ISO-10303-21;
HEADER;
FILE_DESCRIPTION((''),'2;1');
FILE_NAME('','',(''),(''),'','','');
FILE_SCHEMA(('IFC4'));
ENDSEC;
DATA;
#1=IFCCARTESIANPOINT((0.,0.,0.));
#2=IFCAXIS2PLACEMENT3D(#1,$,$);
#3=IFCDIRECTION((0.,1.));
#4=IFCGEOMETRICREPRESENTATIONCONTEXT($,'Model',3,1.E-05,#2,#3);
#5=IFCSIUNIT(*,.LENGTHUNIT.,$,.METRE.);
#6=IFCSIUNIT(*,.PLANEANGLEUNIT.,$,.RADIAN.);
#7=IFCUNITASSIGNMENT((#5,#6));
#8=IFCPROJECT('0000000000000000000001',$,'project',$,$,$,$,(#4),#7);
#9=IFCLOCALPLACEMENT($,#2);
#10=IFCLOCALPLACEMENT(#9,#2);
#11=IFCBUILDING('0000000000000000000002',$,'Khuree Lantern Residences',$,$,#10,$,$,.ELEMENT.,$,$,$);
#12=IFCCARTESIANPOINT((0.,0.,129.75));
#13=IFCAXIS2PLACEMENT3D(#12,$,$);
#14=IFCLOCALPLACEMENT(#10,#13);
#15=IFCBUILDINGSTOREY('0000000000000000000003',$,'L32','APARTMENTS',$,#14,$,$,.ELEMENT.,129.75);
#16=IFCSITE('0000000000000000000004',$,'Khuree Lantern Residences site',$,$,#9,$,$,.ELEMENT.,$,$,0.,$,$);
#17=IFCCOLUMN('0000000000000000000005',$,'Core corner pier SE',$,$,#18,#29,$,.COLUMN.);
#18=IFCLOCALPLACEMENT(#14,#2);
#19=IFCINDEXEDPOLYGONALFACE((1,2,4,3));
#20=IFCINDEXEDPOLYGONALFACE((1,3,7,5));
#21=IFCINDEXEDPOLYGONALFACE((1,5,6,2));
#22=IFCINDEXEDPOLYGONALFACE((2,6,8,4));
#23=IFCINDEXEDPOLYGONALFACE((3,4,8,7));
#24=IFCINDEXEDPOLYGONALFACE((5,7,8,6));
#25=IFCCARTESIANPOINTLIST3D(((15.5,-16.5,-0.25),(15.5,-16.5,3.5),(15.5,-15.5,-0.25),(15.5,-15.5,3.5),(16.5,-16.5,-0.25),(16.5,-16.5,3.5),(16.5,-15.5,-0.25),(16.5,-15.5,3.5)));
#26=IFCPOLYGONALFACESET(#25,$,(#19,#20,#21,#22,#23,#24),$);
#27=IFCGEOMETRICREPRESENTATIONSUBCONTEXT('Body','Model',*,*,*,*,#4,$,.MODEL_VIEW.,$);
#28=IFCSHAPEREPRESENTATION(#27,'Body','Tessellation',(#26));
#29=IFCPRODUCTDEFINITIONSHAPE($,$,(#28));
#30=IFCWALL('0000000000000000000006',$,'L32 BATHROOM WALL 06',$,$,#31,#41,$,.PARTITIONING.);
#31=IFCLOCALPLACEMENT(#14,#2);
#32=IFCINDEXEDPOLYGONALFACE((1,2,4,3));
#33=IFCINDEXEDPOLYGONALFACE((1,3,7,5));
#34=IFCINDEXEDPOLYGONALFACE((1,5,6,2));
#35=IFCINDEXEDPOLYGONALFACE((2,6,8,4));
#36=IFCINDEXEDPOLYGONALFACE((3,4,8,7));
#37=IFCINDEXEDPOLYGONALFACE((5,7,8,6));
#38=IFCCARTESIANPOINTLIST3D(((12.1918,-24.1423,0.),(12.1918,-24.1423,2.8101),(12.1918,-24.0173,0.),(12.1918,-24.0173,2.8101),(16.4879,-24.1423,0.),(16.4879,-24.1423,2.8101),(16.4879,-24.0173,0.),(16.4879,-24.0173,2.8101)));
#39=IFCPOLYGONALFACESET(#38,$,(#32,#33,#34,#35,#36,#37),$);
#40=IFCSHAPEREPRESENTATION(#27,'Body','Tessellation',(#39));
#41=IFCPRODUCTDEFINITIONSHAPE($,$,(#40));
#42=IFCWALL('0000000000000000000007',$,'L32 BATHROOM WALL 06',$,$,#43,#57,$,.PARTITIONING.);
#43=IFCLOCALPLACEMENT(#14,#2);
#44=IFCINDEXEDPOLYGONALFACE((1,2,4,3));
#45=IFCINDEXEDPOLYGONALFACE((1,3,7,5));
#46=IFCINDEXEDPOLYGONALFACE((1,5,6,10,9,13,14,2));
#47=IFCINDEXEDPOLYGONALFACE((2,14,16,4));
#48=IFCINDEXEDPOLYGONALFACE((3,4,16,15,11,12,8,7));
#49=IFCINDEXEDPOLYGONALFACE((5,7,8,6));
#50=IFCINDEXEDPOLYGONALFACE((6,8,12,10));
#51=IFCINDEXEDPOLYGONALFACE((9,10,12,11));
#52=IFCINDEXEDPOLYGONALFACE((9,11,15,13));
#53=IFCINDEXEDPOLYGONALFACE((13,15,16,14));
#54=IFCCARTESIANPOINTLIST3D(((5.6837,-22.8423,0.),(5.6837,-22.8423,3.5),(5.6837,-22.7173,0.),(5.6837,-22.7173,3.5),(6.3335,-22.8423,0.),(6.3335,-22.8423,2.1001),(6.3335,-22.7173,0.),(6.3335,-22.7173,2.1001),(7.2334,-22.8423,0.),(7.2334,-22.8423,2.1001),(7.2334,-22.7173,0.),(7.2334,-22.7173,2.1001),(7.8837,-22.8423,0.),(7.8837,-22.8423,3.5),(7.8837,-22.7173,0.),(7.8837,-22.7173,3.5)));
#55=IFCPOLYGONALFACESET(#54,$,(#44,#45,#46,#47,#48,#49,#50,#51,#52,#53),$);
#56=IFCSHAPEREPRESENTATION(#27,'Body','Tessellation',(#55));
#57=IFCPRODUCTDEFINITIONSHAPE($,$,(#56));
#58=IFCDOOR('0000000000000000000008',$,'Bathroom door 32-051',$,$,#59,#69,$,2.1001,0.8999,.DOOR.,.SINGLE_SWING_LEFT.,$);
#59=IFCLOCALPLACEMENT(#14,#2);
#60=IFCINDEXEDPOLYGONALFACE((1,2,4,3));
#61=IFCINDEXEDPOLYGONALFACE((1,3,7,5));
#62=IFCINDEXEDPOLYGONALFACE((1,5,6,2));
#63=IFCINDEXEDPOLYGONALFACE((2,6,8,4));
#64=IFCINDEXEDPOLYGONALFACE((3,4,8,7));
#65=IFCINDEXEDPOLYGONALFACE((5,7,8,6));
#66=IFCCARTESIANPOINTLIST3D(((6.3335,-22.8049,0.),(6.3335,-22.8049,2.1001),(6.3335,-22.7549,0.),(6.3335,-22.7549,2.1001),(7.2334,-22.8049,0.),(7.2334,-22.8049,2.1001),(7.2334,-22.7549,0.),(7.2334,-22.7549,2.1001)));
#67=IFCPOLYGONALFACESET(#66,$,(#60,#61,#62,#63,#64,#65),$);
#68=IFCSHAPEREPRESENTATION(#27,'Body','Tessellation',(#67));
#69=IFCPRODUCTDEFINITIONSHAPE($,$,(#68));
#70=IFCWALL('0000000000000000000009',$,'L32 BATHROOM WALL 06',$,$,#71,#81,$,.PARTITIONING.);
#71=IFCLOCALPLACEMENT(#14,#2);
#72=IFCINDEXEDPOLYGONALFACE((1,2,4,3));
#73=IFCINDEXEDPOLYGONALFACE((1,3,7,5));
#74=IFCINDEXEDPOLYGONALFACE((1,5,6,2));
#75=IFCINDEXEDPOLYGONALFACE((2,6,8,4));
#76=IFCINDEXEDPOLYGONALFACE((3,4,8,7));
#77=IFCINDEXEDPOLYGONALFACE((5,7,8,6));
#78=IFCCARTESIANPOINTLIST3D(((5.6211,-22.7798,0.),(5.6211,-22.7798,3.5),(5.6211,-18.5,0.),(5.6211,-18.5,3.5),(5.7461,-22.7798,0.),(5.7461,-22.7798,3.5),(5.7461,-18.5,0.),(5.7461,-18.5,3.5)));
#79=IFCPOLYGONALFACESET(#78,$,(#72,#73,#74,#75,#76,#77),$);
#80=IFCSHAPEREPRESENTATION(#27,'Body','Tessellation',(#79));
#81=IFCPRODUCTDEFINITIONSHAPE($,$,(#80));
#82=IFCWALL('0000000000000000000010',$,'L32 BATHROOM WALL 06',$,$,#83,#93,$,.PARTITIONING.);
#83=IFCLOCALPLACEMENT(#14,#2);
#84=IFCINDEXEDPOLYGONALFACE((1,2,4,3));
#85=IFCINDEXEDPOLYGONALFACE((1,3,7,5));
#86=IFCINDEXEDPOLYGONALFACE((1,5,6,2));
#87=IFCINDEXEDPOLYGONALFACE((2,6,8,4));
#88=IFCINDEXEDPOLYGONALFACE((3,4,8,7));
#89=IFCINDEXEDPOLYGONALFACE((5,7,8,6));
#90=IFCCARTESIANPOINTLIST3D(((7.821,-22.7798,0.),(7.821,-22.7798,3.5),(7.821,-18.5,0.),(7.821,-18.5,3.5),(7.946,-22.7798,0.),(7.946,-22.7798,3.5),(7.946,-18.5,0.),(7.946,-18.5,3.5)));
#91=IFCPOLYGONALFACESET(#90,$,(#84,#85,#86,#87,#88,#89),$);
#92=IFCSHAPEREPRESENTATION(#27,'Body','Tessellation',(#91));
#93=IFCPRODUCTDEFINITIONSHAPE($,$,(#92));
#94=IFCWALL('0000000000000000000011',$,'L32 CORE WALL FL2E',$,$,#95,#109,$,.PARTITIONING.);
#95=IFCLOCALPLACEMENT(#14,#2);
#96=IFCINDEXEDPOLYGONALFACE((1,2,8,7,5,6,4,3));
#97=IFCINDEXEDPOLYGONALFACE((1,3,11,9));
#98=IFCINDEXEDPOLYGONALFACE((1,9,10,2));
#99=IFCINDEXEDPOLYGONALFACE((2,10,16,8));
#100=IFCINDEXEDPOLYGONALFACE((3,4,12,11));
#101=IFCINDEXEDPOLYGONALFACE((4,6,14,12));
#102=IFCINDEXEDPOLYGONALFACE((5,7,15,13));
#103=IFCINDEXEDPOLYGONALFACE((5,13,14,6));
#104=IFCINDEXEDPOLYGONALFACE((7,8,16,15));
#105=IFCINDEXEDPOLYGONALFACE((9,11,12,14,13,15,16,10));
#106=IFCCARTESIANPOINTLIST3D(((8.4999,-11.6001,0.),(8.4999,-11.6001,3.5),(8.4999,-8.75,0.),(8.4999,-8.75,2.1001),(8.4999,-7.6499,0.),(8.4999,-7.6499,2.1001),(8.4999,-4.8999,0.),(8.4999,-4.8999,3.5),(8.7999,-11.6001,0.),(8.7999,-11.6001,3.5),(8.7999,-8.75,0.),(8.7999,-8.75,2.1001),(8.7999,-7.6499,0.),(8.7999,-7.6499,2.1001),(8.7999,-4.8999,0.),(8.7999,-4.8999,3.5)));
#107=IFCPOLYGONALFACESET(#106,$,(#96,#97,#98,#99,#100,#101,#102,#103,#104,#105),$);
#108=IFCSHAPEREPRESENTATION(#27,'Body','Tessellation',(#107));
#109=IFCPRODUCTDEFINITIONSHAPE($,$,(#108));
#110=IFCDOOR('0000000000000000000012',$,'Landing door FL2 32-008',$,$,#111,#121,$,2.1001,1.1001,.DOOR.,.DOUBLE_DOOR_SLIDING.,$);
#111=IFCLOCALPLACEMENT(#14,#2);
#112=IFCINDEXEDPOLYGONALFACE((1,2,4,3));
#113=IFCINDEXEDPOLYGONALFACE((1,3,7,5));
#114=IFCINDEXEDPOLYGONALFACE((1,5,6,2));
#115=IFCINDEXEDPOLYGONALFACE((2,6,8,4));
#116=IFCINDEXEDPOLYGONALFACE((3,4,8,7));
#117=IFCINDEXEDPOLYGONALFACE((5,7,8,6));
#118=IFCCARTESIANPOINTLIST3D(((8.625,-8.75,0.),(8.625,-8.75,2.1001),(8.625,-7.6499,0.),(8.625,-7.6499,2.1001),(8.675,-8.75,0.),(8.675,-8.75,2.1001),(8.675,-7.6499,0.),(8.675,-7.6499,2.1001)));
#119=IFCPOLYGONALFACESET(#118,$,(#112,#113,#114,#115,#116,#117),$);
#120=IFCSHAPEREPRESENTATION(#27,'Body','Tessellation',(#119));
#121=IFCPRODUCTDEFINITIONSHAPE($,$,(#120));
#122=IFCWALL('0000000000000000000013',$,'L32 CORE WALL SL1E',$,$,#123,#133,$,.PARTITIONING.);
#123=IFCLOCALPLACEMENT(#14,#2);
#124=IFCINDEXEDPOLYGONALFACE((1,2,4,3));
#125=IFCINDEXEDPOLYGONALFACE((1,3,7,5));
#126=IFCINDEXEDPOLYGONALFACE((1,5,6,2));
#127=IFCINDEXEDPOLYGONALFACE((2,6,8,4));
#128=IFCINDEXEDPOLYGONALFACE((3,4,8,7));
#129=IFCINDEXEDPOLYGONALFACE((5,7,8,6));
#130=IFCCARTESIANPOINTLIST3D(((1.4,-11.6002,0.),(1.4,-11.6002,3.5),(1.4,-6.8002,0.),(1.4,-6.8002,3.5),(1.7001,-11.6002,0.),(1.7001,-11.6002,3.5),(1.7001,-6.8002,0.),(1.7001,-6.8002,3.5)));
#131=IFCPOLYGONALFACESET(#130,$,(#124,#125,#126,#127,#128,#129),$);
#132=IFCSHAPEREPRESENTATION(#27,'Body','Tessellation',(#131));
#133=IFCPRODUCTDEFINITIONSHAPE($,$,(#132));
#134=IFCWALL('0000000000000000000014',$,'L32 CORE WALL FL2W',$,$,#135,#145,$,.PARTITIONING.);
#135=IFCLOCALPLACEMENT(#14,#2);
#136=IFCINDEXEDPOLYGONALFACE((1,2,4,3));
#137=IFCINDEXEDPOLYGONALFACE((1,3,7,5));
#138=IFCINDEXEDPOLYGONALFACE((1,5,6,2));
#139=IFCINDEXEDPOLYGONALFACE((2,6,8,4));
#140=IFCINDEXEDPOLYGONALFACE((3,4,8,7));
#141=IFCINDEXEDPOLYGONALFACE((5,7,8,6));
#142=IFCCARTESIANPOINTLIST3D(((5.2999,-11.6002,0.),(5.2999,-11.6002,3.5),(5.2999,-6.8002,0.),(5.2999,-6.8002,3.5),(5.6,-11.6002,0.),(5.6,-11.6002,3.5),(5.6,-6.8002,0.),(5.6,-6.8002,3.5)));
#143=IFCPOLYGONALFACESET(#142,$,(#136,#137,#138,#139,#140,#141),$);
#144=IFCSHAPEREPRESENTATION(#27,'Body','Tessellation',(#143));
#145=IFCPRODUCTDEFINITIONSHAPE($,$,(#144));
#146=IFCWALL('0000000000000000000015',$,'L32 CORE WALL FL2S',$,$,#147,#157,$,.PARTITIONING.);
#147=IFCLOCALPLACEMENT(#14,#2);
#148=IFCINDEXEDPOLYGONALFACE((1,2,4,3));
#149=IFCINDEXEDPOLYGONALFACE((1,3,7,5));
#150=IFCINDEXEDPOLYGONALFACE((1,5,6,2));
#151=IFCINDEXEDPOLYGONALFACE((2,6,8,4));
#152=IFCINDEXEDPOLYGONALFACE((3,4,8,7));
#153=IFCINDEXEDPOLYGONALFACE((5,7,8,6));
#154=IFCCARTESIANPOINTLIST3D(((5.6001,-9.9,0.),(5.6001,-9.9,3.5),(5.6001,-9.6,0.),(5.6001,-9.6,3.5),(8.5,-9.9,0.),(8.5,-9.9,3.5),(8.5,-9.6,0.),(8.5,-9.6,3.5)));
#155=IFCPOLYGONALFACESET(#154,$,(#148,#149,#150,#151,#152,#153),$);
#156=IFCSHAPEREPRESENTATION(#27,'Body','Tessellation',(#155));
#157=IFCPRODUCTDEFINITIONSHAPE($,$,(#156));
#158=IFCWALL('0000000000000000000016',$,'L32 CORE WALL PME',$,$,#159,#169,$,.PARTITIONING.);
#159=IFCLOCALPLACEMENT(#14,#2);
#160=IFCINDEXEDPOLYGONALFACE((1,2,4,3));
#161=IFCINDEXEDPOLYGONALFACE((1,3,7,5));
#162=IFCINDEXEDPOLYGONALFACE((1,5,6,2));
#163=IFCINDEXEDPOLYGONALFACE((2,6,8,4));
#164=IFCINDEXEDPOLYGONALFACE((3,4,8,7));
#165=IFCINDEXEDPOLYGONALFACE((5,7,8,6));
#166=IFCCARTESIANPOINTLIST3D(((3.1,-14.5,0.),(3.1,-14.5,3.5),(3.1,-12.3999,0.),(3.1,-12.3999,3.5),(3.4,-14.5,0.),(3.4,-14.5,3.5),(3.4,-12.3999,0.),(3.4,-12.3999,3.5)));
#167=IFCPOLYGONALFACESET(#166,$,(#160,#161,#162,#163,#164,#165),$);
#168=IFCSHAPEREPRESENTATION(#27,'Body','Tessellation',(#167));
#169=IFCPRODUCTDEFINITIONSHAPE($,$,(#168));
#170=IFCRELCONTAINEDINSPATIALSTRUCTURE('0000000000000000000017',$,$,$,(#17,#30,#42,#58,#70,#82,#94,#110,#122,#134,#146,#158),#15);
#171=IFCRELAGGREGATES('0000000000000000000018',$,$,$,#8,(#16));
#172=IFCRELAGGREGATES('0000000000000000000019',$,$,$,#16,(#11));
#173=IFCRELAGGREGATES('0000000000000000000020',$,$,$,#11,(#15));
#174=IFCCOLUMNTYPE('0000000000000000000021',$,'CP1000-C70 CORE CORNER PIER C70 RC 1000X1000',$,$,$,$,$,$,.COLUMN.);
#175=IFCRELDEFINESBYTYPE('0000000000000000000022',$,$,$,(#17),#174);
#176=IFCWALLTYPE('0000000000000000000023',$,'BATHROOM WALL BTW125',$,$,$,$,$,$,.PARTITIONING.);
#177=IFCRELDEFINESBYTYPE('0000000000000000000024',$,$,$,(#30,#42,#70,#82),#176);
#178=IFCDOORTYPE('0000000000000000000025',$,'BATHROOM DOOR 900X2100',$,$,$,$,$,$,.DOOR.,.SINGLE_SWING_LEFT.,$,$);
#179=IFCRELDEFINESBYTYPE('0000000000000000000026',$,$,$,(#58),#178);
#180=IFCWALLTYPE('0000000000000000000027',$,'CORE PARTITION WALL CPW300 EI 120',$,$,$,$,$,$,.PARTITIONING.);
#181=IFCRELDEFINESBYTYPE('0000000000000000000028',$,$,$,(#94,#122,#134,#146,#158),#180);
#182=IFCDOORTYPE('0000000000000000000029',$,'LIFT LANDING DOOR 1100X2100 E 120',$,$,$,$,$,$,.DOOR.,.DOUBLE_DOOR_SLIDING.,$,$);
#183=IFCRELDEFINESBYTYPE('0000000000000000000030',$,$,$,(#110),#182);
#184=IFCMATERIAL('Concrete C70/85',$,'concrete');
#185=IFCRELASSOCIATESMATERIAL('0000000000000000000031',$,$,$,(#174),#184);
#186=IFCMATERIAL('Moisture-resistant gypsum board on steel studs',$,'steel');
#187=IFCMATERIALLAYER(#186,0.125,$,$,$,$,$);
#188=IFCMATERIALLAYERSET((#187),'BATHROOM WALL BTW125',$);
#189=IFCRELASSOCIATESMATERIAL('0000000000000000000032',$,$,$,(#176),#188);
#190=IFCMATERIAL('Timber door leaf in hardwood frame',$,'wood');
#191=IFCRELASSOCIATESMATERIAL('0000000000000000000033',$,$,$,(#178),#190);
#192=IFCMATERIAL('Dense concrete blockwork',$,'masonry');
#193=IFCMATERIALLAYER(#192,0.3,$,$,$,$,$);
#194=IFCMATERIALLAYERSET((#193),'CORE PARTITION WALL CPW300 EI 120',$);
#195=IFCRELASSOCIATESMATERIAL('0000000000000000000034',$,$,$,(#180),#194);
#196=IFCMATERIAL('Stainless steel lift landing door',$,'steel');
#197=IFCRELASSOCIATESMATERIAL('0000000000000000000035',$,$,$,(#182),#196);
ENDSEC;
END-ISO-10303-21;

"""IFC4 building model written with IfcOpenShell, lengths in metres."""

from ifc_helpers import new_model, si_unit, direction, frame, frame_2d, origin, origin_2d, place, context, subcontext, project, spatial, rectangle, extrude, material, layer, layer_set, material_profile, profile_set, type_object, element, fill, save


model = new_model("IFC4")

# Units and contexts
model_context = context("Model", 3, precision=1e-05, world=origin(), true_north=direction((0.0, 1.0)))
body_context = subcontext(model_context, "Body", "Model", "MODEL_VIEW")
ifc_project = project(units=[si_unit("LENGTHUNIT", "METRE"), si_unit("PLANEANGLEUNIT", "RADIAN")], contexts=[model_context])

# Site, building, storey
site_placement = place(None, origin())
site = spatial("IfcSite", under=ifc_project, at=site_placement, Name="Khuree Lantern Residences site", CompositionType="ELEMENT", RefElevation=0.0)
building_placement = place(site_placement, origin())
building = spatial("IfcBuilding", under=site, at=building_placement, Name="Khuree Lantern Residences", CompositionType="ELEMENT")
storey_placement = place(building_placement, frame((0.0, 0.0, 129.75)))
storey = spatial("IfcBuildingStorey", under=building, at=storey_placement, Name="L32", Description="APARTMENTS", CompositionType="ELEMENT", Elevation=129.75)

# Column
ifc_material_1 = material(Name="Concrete C70/85", Category="concrete")
ifc_material_profile = material_profile(ifc_material_1, rectangle(XDim=1.0, YDim=1.0, at=origin_2d()), Name="RC 1000X1000")
ifc_profile_set = profile_set([ifc_material_profile], Name="Concrete C70/85")
column_type = type_object("IfcColumnType", Name="CP1000-C70 CORE CORNER PIER C70 RC 1000X1000", PredefinedType="COLUMN", material=ifc_profile_set)
column_placement = place(storey_placement, frame((16.0, -16.0, -0.25), z_axis=(0.0, 0.0, 1.0), x_axis=(1.0, 0.0, 0.0)))
element("IfcColumn", 1, at=column_placement, inside=storey, type_object=column_type, Name="Core corner pier SE", PredefinedType="COLUMN", context=body_context, shape_type="SweptSolid", body=[
    extrude(rectangle(XDim=1.0, YDim=1.0, at=origin_2d()), origin(), (0.0, 0.0, 1.0), 3.75),
])

# Wall
ifc_material_2 = material(Name="Moisture-resistant gypsum board on steel studs", Category="steel")
ifc_layer_1 = layer(ifc_material_2, 0.125)
ifc_layer_set_1 = layer_set([ifc_layer_1], Name="BATHROOM WALL BTW125")
wall_type_1 = type_object("IfcWallType", Name="BATHROOM WALL BTW125", PredefinedType="PARTITIONING", material=ifc_layer_set_1)
wall_1_placement = place(storey_placement, frame((12.1919, -24.0798, 0.0), z_axis=(0.0, 0.0, 1.0), x_axis=(1.0, 0.0, 0.0)))
element("IfcWall", 2, at=wall_1_placement, inside=storey, type_object=wall_type_1, Name="L32 BATHROOM WALL 06", PredefinedType="PARTITIONING", context=body_context, shape_type="SweptSolid", body=[
    extrude(rectangle(XDim=4.2961, YDim=0.125, at=frame_2d((2.1479, 0.0))), origin(), (0.0, 0.0, 1.0), 2.8101),
])

# Wall, opening, door
wall_2_placement = place(storey_placement, frame((5.6836, -22.7798, 0.0), z_axis=(0.0, 0.0, 1.0), x_axis=(1.0, 0.0, 0.0)))
wall_2 = element("IfcWall", 3, at=wall_2_placement, inside=storey, type_object=wall_type_1, Name="L32 BATHROOM WALL 06", PredefinedType="PARTITIONING", context=body_context, shape_type="SweptSolid", body=[
    extrude(rectangle(XDim=2.2, YDim=0.125, at=frame_2d((1.1001, 0.0))), origin(), (0.0, 0.0, 1.0), 3.5),
])
opening_1_placement = place(wall_2_placement, frame((0.6499, 0.0, 0.0)))
opening_1 = element("IfcOpeningElement", 4, at=opening_1_placement, cuts=wall_2, PredefinedType="OPENING", context=body_context, shape_type="SweptSolid", body=[
    extrude(rectangle(XDim=0.8999, YDim=2.1001, at=frame_2d((0.45, 1.05))), frame((0.0, 0.0725, 0.0), z_axis=(0.0, -1.0, 0.0), x_axis=(1.0, 0.0, 0.0)), (0.0, 0.0, 1.0), 0.145),
])
ifc_material_3 = material(Name="Timber door leaf in hardwood frame", Category="wood")
door_type_1 = type_object("IfcDoorType", Name="BATHROOM DOOR 900X2100", OperationType="SINGLE_SWING_LEFT", PredefinedType="DOOR", material=ifc_material_3)
door_1_placement = place(opening_1_placement, origin())
door_1 = element("IfcDoor", 5, at=door_1_placement, inside=storey, type_object=door_type_1, Name="Bathroom door 32-051", OperationType="SINGLE_SWING_LEFT", OverallHeight=2.1001, OverallWidth=0.8999, PredefinedType="DOOR", context=body_context, shape_type="SweptSolid", body=[
    extrude(rectangle(XDim=0.8999, YDim=2.1001, at=frame_2d((0.45, 1.05))), frame((0.0, 0.0249, 0.0), z_axis=(0.0, -1.0, 0.0), x_axis=(1.0, 0.0, 0.0)), (0.0, 0.0, 1.0), 0.05),
])
fill(opening_1, door_1)

# Walls
for number, where, z_axis, x_axis, name in (
    (6, (5.6836, -18.5, 0.0), (0.0, 0.0, 1.0), (0.0, -1.0, 0.0), "L32 BATHROOM WALL 06"),
    (7, (7.8835, -18.5, 0.0), (0.0, 0.0, 1.0), (0.0, -1.0, 0.0), "L32 BATHROOM WALL 06"),
):
    element("IfcWall", number, at=place(storey_placement, frame(where, z_axis=z_axis, x_axis=x_axis)), inside=storey, type_object=wall_type_1, Name=name, PredefinedType="PARTITIONING", context=body_context, shape_type="SweptSolid", body=[
        extrude(rectangle(XDim=4.2798, YDim=0.125, at=frame_2d((2.1399, 0.0))), origin(), (0.0, 0.0, 1.0), 3.5),
    ])

# Wall, opening, door
ifc_material_4 = material(Name="Dense concrete blockwork", Category="masonry")
ifc_layer_2 = layer(ifc_material_4, 0.3)
ifc_layer_set_2 = layer_set([ifc_layer_2], Name="CORE PARTITION WALL CPW300 EI 120")
wall_type_2 = type_object("IfcWallType", Name="CORE PARTITION WALL CPW300 EI 120", PredefinedType="PARTITIONING", material=ifc_layer_set_2)
wall_3_placement = place(storey_placement, frame((8.6499, -11.6001, 0.0), z_axis=(0.0, 0.0, 1.0), x_axis=(0.0, 1.0, 0.0)))
wall_3 = element("IfcWall", 8, at=wall_3_placement, inside=storey, type_object=wall_type_2, Name="L32 CORE WALL FL2E", PredefinedType="PARTITIONING", context=body_context, shape_type="SweptSolid", body=[
    extrude(rectangle(XDim=6.7002, YDim=0.3, at=frame_2d((3.3501, 0.0))), origin(), (0.0, 0.0, 1.0), 3.5),
])
opening_2_placement = place(wall_3_placement, frame((2.8501, 0.0, 0.0)))
opening_2 = element("IfcOpeningElement", 9, at=opening_2_placement, cuts=wall_3, PredefinedType="OPENING", context=body_context, shape_type="SweptSolid", body=[
    extrude(rectangle(XDim=1.1001, YDim=2.1001, at=frame_2d((0.55, 1.05))), frame((0.0, 0.1602, 0.0), z_axis=(0.0, -1.0, 0.0), x_axis=(1.0, 0.0, 0.0)), (0.0, 0.0, 1.0), 0.3201),
])
ifc_material_5 = material(Name="Stainless steel lift landing door", Category="steel")
door_type_2 = type_object("IfcDoorType", Name="LIFT LANDING DOOR 1100X2100 E 120", OperationType="DOUBLE_DOOR_SLIDING", PredefinedType="DOOR", material=ifc_material_5)
door_2_placement = place(opening_2_placement, origin())
door_2 = element("IfcDoor", 10, at=door_2_placement, inside=storey, type_object=door_type_2, Name="Landing door FL2 32-008", OperationType="DOUBLE_DOOR_SLIDING", OverallHeight=2.1001, OverallWidth=1.1001, PredefinedType="DOOR", context=body_context, shape_type="SweptSolid", body=[
    extrude(rectangle(XDim=1.1001, YDim=2.1001, at=frame_2d((0.55, 1.05))), frame((0.0, 0.0249, 0.0), z_axis=(0.0, -1.0, 0.0), x_axis=(1.0, 0.0, 0.0)), (0.0, 0.0, 1.0), 0.05),
])
fill(opening_2, door_2)

# Walls
for number, where, z_axis, x_axis, name in (
    (11, (1.55, -11.6001, 0.0), (0.0, 0.0, 1.0), (0.0, 1.0, 0.0), "L32 CORE WALL SL1E"),
    (12, (5.45, -11.6001, 0.0), (0.0, 0.0, 1.0), (0.0, 1.0, 0.0), "L32 CORE WALL FL2W"),
):
    element("IfcWall", number, at=place(storey_placement, frame(where, z_axis=z_axis, x_axis=x_axis)), inside=storey, type_object=wall_type_2, Name=name, PredefinedType="PARTITIONING", context=body_context, shape_type="SweptSolid", body=[
        extrude(rectangle(XDim=4.8, YDim=0.3, at=frame_2d((2.3999, 0.0))), origin(), (0.0, 0.0, 1.0), 3.5),
    ])
wall_4_placement = place(storey_placement, frame((5.6001, -9.75, 0.0), z_axis=(0.0, 0.0, 1.0), x_axis=(1.0, 0.0, 0.0)))
element("IfcWall", 13, at=wall_4_placement, inside=storey, type_object=wall_type_2, Name="L32 CORE WALL FL2S", PredefinedType="PARTITIONING", context=body_context, shape_type="SweptSolid", body=[
    extrude(rectangle(XDim=2.8999, YDim=0.3, at=frame_2d((1.45, 0.0))), origin(), (0.0, 0.0, 1.0), 3.5),
])
wall_5_placement = place(storey_placement, frame((3.25, -14.5, 0.0), z_axis=(0.0, 0.0, 1.0), x_axis=(0.0, 1.0, 0.0)))
element("IfcWall", 14, at=wall_5_placement, inside=storey, type_object=wall_type_2, Name="L32 CORE WALL PME", PredefinedType="PARTITIONING", context=body_context, shape_type="SweptSolid", body=[
    extrude(rectangle(XDim=2.1001, YDim=0.3, at=frame_2d((1.05, 0.0))), origin(), (0.0, 0.0, 1.0), 3.5),
])

save(model, "model.ifc")
